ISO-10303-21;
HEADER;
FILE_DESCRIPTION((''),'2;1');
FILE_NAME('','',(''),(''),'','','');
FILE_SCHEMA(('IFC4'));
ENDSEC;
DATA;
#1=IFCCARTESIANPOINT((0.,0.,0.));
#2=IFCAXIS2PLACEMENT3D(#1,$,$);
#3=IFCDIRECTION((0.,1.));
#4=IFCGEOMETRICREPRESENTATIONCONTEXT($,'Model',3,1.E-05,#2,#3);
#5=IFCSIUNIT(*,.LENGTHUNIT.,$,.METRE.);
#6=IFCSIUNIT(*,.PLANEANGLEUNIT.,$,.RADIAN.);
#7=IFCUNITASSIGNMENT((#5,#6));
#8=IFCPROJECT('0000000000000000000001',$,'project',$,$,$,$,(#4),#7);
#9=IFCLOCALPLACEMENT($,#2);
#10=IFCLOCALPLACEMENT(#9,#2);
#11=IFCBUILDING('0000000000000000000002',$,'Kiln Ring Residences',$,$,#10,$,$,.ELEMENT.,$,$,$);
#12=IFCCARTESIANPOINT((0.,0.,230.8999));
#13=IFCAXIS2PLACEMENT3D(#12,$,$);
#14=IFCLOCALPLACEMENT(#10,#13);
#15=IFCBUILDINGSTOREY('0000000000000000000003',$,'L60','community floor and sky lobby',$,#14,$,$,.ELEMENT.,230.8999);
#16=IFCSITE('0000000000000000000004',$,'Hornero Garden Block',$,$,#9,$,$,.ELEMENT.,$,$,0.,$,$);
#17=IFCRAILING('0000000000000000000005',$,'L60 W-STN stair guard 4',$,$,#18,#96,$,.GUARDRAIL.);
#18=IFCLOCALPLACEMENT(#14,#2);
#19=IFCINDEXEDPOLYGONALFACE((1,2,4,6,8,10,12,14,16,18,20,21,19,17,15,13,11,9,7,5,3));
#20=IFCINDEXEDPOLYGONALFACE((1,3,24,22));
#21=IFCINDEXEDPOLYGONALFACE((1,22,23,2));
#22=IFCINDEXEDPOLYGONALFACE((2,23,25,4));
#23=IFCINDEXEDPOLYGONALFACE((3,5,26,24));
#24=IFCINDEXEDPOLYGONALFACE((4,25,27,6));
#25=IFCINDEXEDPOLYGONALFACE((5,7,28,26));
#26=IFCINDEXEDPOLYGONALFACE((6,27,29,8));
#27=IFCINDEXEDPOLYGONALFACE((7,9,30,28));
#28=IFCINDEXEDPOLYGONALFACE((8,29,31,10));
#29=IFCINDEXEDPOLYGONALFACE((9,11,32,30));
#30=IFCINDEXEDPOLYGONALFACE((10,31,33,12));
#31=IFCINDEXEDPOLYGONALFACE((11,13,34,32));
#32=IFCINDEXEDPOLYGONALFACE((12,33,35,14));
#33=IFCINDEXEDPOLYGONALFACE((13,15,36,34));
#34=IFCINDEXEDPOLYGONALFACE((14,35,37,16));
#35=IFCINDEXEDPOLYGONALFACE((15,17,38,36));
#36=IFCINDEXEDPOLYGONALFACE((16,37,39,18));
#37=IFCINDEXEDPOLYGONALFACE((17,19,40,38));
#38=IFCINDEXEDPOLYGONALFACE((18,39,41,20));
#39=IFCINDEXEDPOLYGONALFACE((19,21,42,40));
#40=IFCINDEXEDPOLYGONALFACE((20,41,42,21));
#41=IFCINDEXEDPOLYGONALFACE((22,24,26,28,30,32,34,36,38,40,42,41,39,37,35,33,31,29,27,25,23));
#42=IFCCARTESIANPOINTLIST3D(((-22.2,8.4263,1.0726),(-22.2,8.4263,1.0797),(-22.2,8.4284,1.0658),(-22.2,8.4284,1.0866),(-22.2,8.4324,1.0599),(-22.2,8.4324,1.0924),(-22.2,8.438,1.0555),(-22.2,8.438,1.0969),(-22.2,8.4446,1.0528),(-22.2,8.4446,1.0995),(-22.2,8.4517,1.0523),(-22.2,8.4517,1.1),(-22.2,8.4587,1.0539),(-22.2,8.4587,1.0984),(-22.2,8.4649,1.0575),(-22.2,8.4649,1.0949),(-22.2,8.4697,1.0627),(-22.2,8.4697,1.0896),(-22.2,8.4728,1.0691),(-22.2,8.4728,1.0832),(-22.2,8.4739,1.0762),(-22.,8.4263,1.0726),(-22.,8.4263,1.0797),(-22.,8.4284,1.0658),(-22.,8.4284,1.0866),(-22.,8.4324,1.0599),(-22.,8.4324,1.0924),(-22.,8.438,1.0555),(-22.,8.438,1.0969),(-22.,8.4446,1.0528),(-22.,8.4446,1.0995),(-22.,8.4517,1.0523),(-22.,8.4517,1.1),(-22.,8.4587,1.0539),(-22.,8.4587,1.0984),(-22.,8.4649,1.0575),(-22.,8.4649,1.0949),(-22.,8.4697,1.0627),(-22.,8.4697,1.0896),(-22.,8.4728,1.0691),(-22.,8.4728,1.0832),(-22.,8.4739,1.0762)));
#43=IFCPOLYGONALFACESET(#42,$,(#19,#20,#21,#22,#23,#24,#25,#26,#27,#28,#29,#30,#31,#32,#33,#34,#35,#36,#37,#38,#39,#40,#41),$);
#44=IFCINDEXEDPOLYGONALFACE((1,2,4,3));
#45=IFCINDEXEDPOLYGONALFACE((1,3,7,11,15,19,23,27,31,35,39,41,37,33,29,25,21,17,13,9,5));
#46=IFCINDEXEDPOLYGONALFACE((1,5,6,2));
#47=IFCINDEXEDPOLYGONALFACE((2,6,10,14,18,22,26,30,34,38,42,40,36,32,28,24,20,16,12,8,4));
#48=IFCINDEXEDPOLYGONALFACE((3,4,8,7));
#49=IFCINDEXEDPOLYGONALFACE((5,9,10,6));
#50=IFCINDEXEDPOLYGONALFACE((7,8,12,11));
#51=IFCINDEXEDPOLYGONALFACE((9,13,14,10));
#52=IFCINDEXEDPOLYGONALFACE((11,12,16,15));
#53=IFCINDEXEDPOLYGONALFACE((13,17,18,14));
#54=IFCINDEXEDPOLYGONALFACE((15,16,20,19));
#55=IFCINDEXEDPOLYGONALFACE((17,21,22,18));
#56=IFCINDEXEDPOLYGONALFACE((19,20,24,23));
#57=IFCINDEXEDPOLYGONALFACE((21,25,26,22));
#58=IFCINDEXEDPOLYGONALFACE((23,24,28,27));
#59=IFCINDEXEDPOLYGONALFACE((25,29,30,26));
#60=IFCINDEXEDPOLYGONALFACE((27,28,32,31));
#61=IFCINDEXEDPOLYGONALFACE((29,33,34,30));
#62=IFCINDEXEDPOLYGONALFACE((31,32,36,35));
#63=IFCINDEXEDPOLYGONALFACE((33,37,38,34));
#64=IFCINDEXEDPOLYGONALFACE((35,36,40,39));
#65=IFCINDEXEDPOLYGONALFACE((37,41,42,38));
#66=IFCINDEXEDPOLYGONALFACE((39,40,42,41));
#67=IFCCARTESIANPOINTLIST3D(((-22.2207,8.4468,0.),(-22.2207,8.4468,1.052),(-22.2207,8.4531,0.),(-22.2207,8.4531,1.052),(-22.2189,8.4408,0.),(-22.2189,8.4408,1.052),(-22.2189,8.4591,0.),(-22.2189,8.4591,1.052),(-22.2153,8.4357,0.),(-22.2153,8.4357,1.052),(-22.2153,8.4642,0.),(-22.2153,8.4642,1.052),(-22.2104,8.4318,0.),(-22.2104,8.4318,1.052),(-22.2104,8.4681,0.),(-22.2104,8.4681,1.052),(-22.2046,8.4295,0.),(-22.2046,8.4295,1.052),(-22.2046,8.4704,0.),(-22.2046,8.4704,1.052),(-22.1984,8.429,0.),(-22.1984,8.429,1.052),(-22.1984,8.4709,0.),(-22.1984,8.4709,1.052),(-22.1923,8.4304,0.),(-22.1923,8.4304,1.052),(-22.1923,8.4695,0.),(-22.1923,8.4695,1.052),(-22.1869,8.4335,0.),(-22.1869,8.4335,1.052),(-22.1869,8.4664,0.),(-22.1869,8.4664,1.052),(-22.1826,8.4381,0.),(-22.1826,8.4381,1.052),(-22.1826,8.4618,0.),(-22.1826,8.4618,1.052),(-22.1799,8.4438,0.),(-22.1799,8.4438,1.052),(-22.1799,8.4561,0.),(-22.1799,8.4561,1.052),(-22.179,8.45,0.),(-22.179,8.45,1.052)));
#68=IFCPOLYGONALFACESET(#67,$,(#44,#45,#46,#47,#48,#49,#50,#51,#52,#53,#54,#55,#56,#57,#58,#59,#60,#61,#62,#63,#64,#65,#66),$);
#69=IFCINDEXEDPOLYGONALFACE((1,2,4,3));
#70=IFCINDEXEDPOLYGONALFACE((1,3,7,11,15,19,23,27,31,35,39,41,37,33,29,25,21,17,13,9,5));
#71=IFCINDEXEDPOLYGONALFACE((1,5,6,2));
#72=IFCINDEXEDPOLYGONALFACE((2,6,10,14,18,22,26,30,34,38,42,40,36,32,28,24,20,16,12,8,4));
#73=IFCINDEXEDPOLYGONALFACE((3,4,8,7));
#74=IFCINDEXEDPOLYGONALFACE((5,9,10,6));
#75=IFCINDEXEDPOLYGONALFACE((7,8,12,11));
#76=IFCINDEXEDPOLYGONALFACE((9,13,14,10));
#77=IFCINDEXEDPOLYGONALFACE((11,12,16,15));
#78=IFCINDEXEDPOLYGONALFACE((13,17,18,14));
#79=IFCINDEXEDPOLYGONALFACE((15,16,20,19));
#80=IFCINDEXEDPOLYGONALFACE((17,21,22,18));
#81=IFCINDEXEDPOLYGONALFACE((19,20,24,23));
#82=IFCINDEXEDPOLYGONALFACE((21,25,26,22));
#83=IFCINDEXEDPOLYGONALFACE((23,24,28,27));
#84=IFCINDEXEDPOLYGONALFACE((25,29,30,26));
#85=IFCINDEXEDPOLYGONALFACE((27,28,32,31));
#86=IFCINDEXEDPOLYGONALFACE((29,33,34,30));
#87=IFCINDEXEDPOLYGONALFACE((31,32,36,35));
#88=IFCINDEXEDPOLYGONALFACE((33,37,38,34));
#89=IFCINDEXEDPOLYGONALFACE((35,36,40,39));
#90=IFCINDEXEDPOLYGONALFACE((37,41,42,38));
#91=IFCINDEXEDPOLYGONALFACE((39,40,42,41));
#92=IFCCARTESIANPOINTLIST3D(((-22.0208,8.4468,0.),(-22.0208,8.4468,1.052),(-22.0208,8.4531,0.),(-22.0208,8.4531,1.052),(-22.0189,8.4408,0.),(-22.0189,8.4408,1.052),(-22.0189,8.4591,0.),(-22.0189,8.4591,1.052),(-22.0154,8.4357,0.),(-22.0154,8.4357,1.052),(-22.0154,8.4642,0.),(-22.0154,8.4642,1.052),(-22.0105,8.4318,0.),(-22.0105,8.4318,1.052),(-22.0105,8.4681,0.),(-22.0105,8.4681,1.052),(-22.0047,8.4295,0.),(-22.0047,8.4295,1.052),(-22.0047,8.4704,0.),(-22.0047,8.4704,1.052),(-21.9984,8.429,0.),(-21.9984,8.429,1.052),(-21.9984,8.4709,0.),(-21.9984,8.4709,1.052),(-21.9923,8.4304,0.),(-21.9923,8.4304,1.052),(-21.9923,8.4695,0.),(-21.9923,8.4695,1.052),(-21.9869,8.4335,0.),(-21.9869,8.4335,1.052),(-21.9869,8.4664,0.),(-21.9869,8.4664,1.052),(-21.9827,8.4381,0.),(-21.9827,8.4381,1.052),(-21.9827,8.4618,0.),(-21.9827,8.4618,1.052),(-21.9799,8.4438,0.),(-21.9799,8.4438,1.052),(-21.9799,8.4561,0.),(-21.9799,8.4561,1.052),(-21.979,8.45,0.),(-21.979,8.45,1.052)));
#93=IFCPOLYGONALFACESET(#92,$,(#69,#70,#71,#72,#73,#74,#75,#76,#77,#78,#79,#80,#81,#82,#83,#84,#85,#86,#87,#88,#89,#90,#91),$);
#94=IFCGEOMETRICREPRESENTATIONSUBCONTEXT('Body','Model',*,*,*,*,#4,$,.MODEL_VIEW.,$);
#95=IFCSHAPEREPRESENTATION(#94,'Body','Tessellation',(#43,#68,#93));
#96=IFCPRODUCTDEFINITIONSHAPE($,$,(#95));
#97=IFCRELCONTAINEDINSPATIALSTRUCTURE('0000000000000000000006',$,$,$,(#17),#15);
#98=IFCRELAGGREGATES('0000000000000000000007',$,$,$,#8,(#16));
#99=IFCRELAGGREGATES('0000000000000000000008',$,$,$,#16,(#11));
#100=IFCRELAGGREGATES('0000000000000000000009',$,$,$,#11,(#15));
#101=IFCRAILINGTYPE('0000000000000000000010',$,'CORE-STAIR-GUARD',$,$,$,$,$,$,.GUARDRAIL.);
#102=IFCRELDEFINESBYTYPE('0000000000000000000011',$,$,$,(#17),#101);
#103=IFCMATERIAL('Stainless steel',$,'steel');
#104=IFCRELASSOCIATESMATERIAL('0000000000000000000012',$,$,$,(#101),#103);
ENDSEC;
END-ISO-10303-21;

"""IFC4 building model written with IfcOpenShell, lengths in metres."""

from ifc_helpers import new_model, si_unit, direction, frame, origin, origin_2d, place, context, subcontext, project, spatial, circle, extrude, material, type_object, element, save


model = new_model("IFC4")

# Units and contexts
model_context = context("Model", 3, precision=1e-05, world=origin(), true_north=direction((0.0, 1.0)))
body_context = subcontext(model_context, "Body", "Model", "MODEL_VIEW")
ifc_project = project(units=[si_unit("LENGTHUNIT", "METRE"), si_unit("PLANEANGLEUNIT", "RADIAN")], contexts=[model_context])

# Site, building, storey
site_placement = place(None, origin())
site = spatial("IfcSite", under=ifc_project, at=site_placement, Name="Hornero Garden Block", CompositionType="ELEMENT", RefElevation=0.0)
building_placement = place(site_placement, origin())
building = spatial("IfcBuilding", under=site, at=building_placement, Name="Kiln Ring Residences", CompositionType="ELEMENT")
storey_placement = place(building_placement, frame((0.0, 0.0, 230.8999)))
storey = spatial("IfcBuildingStorey", under=building, at=storey_placement, Name="L60", Description="community floor and sky lobby", CompositionType="ELEMENT", Elevation=230.8999)

# Railing
ifc_material_1 = material(Name="Stainless steel", Category="steel")
railing_type_1 = type_object("IfcRailingType", Name="CORE-STAIR-GUARD", PredefinedType="GUARDRAIL", material=ifc_material_1)
railing_1_placement = place(storey_placement, frame((-22.2, 8.45, 0.0)))
element("IfcRailing", 1, at=railing_1_placement, inside=storey, type_object=railing_type_1, Name="L60 W-STN stair guard 4", PredefinedType="GUARDRAIL", context=body_context, shape_type="SweptSolid", body=[
    extrude(circle(Radius=0.0239, at=origin_2d()), frame((0.0, 0.0, 1.0762), z_axis=(1.0, 0.0, 0.0), x_axis=(0.0, 1.0, 0.0)), (0.0, 0.0, 1.0), 0.2),
    extrude(circle(Radius=0.021, at=origin_2d()), origin(), (0.0, 0.0, 1.0), 1.052),
    extrude(circle(Radius=0.021, at=origin_2d()), frame((0.2, 0.0, 0.0)), (0.0, 0.0, 1.0), 1.052),
])

save(model, "model.ifc")
